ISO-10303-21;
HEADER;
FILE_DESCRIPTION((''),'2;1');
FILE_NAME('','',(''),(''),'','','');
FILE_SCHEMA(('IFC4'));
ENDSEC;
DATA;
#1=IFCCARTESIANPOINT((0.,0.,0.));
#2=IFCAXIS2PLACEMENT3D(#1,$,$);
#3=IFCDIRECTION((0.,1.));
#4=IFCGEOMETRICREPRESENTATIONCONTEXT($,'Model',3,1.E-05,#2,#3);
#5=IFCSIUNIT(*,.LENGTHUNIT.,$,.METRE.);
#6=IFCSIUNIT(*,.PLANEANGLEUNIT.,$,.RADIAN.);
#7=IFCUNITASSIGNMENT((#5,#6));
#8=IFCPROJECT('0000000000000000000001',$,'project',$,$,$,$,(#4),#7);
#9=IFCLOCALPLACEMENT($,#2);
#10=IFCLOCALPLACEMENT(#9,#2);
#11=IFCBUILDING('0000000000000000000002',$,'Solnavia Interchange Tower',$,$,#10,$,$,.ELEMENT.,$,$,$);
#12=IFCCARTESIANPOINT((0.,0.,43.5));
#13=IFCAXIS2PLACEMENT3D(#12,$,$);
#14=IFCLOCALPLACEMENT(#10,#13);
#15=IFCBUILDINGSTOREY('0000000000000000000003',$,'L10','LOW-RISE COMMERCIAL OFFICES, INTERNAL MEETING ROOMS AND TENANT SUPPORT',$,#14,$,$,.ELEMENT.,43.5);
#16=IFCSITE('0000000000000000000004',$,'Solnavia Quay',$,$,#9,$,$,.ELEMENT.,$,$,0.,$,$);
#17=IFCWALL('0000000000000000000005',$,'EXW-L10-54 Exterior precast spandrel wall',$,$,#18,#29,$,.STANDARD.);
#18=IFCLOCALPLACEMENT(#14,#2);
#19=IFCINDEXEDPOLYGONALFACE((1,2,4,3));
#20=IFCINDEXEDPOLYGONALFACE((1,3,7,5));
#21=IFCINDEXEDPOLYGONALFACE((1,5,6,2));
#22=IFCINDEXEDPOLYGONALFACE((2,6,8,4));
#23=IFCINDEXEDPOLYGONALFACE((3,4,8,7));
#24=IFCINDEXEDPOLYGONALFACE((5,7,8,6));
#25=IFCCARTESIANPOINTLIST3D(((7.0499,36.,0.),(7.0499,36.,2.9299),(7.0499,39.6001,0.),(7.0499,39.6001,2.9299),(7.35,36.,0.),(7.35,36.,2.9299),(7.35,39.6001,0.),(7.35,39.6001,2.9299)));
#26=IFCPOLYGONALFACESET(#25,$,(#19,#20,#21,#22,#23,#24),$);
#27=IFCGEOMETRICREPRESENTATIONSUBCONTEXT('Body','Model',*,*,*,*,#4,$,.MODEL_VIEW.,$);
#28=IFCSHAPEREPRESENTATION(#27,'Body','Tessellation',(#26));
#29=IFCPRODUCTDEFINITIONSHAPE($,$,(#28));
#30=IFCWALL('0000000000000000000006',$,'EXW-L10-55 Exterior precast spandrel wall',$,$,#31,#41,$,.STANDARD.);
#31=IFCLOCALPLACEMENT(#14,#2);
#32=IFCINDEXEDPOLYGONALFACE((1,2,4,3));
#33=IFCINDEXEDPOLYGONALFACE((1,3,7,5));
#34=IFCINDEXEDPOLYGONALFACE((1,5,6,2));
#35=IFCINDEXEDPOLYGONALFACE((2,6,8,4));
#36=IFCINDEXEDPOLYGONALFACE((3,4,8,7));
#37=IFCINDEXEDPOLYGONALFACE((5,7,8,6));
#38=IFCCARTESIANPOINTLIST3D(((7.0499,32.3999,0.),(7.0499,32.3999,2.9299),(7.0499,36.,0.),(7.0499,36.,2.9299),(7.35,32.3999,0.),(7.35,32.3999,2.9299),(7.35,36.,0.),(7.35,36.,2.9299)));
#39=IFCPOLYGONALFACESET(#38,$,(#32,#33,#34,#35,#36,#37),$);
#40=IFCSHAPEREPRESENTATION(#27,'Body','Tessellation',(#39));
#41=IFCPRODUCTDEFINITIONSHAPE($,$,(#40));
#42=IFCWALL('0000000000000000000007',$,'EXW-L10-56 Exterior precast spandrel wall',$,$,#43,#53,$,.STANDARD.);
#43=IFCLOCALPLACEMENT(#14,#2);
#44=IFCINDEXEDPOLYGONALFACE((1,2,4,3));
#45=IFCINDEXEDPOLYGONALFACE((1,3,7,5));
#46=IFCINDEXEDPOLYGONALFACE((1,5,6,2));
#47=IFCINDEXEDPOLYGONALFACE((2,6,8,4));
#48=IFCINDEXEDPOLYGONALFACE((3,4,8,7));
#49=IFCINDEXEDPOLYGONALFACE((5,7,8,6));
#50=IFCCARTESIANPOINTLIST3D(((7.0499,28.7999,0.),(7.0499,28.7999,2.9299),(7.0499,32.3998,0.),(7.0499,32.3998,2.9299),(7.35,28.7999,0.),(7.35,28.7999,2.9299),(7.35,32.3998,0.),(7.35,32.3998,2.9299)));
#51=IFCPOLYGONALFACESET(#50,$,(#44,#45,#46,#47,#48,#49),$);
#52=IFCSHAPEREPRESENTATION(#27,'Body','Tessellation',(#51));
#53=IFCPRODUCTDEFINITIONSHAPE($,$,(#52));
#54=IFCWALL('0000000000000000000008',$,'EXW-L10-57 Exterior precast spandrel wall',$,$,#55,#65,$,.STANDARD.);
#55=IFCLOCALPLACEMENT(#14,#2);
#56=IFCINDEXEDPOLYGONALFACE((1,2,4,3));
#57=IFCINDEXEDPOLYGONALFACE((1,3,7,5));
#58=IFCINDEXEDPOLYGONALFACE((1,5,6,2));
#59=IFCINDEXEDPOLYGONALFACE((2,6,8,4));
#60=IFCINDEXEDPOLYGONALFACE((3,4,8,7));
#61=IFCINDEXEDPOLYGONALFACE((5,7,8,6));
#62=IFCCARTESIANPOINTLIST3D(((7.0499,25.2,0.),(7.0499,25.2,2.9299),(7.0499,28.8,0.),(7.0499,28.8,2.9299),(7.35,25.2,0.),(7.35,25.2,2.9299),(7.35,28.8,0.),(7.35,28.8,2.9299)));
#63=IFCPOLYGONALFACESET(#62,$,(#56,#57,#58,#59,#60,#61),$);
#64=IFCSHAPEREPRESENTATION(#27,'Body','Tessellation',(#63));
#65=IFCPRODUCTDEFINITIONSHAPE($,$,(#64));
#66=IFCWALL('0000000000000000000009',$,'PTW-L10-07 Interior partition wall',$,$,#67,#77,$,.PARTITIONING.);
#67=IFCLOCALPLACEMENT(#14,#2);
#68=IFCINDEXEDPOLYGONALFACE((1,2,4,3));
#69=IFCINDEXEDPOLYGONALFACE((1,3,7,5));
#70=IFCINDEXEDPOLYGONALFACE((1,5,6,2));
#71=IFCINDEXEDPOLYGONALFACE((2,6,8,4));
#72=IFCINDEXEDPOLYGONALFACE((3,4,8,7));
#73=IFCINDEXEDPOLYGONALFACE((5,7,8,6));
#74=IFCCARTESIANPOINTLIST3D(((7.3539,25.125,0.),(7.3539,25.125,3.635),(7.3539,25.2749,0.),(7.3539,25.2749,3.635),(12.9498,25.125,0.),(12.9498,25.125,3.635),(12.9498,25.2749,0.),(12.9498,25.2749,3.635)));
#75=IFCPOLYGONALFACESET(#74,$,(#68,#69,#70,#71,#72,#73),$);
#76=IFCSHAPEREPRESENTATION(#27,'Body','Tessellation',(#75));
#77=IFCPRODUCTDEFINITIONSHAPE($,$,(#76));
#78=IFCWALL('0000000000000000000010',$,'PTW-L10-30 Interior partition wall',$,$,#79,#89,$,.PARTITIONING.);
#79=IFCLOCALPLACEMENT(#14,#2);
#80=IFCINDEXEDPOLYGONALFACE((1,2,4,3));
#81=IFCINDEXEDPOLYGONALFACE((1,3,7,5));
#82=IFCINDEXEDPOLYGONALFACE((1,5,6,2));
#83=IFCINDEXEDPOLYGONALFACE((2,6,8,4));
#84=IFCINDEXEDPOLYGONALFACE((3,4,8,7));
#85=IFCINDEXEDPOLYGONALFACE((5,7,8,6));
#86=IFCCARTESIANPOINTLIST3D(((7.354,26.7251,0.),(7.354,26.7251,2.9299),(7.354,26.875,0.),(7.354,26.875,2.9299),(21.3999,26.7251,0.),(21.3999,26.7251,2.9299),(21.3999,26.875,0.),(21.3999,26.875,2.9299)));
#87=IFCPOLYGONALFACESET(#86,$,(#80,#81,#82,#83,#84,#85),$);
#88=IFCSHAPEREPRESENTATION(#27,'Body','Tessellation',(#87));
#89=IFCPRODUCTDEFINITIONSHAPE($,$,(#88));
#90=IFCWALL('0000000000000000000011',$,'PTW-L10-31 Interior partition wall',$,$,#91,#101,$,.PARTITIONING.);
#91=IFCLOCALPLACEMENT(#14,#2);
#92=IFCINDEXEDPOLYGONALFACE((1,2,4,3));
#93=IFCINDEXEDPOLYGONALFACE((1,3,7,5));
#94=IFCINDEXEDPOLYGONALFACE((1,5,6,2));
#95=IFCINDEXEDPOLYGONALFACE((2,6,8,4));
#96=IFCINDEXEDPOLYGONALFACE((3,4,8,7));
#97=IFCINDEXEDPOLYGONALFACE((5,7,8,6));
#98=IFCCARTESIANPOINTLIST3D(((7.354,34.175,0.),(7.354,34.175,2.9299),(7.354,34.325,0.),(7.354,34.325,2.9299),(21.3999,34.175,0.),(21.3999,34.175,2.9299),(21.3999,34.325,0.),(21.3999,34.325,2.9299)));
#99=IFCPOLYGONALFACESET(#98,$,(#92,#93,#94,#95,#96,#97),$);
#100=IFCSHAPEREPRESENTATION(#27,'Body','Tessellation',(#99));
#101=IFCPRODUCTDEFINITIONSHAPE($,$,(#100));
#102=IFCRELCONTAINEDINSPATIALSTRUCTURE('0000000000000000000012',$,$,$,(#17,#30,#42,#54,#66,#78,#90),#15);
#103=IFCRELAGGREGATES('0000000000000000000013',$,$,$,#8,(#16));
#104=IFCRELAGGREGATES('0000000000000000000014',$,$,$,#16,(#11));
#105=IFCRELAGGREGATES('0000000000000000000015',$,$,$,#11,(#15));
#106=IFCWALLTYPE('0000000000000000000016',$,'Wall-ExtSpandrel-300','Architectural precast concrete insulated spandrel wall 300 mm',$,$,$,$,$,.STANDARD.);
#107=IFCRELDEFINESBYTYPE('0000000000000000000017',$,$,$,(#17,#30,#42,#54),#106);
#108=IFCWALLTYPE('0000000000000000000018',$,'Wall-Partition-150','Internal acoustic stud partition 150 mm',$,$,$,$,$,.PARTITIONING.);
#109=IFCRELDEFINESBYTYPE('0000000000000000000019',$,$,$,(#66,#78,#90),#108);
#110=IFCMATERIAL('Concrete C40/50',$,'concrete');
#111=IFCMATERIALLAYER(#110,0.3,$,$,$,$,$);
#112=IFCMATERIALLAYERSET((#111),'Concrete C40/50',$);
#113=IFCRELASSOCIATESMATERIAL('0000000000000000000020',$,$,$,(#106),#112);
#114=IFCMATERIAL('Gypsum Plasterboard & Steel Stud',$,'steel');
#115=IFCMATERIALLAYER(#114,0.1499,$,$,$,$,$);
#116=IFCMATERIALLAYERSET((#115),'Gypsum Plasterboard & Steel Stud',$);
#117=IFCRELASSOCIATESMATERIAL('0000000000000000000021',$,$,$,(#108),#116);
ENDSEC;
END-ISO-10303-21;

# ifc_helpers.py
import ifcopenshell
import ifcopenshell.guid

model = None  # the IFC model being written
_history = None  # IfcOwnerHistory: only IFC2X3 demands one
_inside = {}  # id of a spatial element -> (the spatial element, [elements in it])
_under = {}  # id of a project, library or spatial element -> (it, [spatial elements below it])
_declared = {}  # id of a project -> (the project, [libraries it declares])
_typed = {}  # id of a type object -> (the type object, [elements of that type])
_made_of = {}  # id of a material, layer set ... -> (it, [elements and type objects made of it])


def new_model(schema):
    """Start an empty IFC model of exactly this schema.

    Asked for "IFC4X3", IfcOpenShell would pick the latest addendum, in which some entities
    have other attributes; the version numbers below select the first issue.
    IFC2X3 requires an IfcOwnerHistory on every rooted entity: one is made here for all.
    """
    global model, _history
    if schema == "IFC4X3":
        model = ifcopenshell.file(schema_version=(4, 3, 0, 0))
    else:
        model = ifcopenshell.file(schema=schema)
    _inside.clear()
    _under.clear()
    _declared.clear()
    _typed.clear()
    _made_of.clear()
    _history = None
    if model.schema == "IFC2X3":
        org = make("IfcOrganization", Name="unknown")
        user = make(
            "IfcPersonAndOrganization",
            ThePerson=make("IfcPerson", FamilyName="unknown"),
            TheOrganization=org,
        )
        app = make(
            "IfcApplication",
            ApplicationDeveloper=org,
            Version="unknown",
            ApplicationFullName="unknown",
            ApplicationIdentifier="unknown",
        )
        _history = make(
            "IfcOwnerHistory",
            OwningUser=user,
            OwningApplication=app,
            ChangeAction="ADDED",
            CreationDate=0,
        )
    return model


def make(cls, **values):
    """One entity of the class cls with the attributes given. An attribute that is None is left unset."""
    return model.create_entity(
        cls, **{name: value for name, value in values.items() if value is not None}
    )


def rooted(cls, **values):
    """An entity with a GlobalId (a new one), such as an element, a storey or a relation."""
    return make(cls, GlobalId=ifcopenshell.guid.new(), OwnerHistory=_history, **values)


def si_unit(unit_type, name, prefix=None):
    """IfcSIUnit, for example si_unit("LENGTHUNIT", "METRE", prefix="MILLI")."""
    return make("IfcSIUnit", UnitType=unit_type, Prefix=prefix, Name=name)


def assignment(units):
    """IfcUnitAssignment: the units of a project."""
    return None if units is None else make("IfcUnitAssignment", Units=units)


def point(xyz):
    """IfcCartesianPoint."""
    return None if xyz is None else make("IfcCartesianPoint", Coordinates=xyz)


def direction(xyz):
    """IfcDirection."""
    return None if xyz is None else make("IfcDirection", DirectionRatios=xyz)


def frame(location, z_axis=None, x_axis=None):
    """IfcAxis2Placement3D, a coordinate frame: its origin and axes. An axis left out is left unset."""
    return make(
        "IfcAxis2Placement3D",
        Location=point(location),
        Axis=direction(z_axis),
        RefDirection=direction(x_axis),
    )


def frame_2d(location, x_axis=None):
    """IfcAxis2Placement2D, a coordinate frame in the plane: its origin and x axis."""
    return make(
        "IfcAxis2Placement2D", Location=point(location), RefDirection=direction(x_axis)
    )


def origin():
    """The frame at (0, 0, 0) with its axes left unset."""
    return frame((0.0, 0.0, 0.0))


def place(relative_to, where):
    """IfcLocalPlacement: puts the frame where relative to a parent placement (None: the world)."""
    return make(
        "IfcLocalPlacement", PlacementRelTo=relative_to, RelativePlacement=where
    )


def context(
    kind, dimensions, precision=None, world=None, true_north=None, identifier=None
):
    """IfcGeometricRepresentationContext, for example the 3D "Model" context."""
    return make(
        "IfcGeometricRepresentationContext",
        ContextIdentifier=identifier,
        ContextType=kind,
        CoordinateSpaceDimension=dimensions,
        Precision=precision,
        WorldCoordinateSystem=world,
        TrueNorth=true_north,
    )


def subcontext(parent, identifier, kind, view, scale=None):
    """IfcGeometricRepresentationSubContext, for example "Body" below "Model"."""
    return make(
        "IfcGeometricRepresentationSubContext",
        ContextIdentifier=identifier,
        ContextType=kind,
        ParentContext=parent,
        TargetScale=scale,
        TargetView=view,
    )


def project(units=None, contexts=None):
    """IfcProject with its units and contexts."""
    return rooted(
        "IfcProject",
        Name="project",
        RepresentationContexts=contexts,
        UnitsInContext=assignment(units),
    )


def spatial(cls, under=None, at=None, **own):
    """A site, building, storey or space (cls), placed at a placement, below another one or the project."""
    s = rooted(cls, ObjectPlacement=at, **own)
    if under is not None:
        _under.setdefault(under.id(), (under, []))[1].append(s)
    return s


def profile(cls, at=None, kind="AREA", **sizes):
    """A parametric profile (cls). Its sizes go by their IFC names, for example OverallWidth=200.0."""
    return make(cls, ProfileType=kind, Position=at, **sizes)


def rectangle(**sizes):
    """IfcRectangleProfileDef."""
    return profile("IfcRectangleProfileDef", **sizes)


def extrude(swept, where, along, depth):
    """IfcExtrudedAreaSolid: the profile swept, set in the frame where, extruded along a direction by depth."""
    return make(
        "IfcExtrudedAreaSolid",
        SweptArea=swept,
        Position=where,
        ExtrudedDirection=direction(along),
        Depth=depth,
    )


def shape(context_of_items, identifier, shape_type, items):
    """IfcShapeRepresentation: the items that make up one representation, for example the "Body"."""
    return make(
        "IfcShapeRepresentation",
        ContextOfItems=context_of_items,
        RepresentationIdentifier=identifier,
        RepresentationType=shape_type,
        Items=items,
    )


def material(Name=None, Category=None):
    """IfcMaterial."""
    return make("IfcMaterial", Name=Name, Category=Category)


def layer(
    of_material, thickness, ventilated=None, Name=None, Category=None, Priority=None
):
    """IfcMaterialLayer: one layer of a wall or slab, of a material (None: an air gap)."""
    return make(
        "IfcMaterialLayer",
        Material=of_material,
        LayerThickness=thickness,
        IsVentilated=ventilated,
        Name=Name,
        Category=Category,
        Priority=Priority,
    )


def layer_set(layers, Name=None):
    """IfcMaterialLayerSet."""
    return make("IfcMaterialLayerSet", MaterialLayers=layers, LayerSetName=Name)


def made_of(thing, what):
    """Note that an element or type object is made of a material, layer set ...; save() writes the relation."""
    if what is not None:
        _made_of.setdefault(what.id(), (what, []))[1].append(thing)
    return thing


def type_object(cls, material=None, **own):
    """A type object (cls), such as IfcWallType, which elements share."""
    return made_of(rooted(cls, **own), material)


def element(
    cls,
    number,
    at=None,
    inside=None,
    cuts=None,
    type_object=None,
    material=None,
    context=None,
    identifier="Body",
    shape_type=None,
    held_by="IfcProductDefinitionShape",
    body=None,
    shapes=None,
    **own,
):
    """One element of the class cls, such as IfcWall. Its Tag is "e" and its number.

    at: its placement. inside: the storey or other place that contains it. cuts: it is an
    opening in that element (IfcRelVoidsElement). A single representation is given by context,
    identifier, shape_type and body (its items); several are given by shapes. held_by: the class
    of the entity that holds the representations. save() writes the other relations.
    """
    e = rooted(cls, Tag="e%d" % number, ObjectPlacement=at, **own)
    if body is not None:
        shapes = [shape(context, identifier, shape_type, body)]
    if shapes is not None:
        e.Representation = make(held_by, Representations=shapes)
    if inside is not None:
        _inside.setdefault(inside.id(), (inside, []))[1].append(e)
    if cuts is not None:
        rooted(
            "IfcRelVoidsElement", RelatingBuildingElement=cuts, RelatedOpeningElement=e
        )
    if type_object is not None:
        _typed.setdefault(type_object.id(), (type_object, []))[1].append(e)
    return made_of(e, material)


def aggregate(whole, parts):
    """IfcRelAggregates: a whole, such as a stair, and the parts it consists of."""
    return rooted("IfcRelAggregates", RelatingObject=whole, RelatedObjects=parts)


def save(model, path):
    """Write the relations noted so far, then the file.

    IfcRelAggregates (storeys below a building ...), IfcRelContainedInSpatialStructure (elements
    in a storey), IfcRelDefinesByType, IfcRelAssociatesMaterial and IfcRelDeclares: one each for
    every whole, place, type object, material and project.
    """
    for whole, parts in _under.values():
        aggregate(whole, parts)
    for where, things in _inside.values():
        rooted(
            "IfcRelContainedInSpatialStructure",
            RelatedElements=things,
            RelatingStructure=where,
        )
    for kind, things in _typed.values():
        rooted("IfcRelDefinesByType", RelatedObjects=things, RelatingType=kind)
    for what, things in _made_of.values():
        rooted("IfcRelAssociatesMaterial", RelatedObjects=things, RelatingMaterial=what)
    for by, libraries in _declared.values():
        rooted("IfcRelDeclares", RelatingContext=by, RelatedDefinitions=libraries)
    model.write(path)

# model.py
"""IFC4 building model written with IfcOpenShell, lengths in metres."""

from ifc_helpers import new_model, si_unit, direction, frame, frame_2d, origin, place, context, subcontext, project, spatial, rectangle, extrude, material, layer, layer_set, type_object, element, save


model = new_model("IFC4")

# Units and contexts
model_context = context("Model", 3, precision=1e-05, world=origin(), true_north=direction((0.0, 1.0)))
body_context = subcontext(model_context, "Body", "Model", "MODEL_VIEW")
ifc_project = project(units=[si_unit("LENGTHUNIT", "METRE"), si_unit("PLANEANGLEUNIT", "RADIAN")], contexts=[model_context])

# Site, building, storey
site_placement = place(None, origin())
site = spatial("IfcSite", under=ifc_project, at=site_placement, Name="Solnavia Quay", CompositionType="ELEMENT", RefElevation=0.0)
building_placement = place(site_placement, origin())
building = spatial("IfcBuilding", under=site, at=building_placement, Name="Solnavia Interchange Tower", CompositionType="ELEMENT")
storey_placement = place(building_placement, frame((0.0, 0.0, 43.5)))
storey = spatial("IfcBuildingStorey", under=building, at=storey_placement, Name="L10", Description="LOW-RISE COMMERCIAL OFFICES, INTERNAL MEETING ROOMS AND TENANT SUPPORT", CompositionType="ELEMENT", Elevation=43.5)

# Walls
ifc_material_1 = material(Name="Concrete C40/50", Category="concrete")
ifc_layer_1 = layer(ifc_material_1, 0.3)
ifc_layer_set_1 = layer_set([ifc_layer_1], Name="Concrete C40/50")
wall_type_1 = type_object("IfcWallType", Name="Wall-ExtSpandrel-300", Description="Architectural precast concrete insulated spandrel wall 300 mm", PredefinedType="STANDARD", material=ifc_layer_set_1)
for number, where, z_axis, x_axis, name in (
    (1, (7.2, 36.0, 0.0), (0.0, 0.0, 1.0), (0.0, 1.0, 0.0), "EXW-L10-54 Exterior precast spandrel wall"),
    (2, (7.2, 32.3999, 0.0), (0.0, 0.0, 1.0), (0.0, 1.0, 0.0), "EXW-L10-55 Exterior precast spandrel wall"),
):
    element("IfcWall", number, at=place(storey_placement, frame(where, z_axis=z_axis, x_axis=x_axis)), inside=storey, type_object=wall_type_1, Name=name, PredefinedType="STANDARD", context=body_context, shape_type="SweptSolid", body=[
        extrude(rectangle(XDim=3.6001, YDim=0.3, at=frame_2d((1.8, 0.0))), origin(), (0.0, 0.0, 1.0), 2.9299),
    ])
wall_1_placement = place(storey_placement, frame((7.2, 28.8, 0.0), z_axis=(0.0, 0.0, 1.0), x_axis=(0.0, 1.0, 0.0)))
element("IfcWall", 3, at=wall_1_placement, inside=storey, type_object=wall_type_1, Name="EXW-L10-56 Exterior precast spandrel wall", PredefinedType="STANDARD", context=body_context, shape_type="SweptSolid", body=[
    extrude(rectangle(XDim=3.5999, YDim=0.3, at=frame_2d((1.7998, 0.0))), origin(), (0.0, 0.0, 1.0), 2.9299),
])
wall_2_placement = place(storey_placement, frame((7.2, 25.2, 0.0), z_axis=(0.0, 0.0, 1.0), x_axis=(0.0, 1.0, 0.0)))
element("IfcWall", 4, at=wall_2_placement, inside=storey, type_object=wall_type_1, Name="EXW-L10-57 Exterior precast spandrel wall", PredefinedType="STANDARD", context=body_context, shape_type="SweptSolid", body=[
    extrude(rectangle(XDim=3.6001, YDim=0.3, at=frame_2d((1.8, 0.0))), origin(), (0.0, 0.0, 1.0), 2.9299),
])
ifc_material_2 = material(Name="Gypsum Plasterboard & Steel Stud", Category="steel")
ifc_layer_2 = layer(ifc_material_2, 0.1499)
ifc_layer_set_2 = layer_set([ifc_layer_2], Name="Gypsum Plasterboard & Steel Stud")
wall_type_2 = type_object("IfcWallType", Name="Wall-Partition-150", Description="Internal acoustic stud partition 150 mm", PredefinedType="PARTITIONING", material=ifc_layer_set_2)
wall_3_placement = place(storey_placement, frame((7.354, 25.2, 0.0), z_axis=(0.0, 0.0, 1.0), x_axis=(1.0, 0.0, 0.0)))
element("IfcWall", 5, at=wall_3_placement, inside=storey, type_object=wall_type_2, Name="PTW-L10-07 Interior partition wall", PredefinedType="PARTITIONING", context=body_context, shape_type="SweptSolid", body=[
    extrude(rectangle(XDim=5.5959, YDim=0.1499, at=frame_2d((2.7979, 0.0))), origin(), (0.0, 0.0, 1.0), 3.635),
])
for number, where, z_axis, x_axis, name in (
    (6, (7.354, 26.8, 0.0), (0.0, 0.0, 1.0), (1.0, 0.0, 0.0), "PTW-L10-30 Interior partition wall"),
    (7, (7.354, 34.25, 0.0), (0.0, 0.0, 1.0), (1.0, 0.0, 0.0), "PTW-L10-31 Interior partition wall"),
):
    element("IfcWall", number, at=place(storey_placement, frame(where, z_axis=z_axis, x_axis=x_axis)), inside=storey, type_object=wall_type_2, Name=name, PredefinedType="PARTITIONING", context=body_context, shape_type="SweptSolid", body=[
        extrude(rectangle(XDim=14.0459, YDim=0.1499, at=frame_2d((7.0229, 0.0))), origin(), (0.0, 0.0, 1.0), 2.9299),
    ])

save(model, "model.ifc")
